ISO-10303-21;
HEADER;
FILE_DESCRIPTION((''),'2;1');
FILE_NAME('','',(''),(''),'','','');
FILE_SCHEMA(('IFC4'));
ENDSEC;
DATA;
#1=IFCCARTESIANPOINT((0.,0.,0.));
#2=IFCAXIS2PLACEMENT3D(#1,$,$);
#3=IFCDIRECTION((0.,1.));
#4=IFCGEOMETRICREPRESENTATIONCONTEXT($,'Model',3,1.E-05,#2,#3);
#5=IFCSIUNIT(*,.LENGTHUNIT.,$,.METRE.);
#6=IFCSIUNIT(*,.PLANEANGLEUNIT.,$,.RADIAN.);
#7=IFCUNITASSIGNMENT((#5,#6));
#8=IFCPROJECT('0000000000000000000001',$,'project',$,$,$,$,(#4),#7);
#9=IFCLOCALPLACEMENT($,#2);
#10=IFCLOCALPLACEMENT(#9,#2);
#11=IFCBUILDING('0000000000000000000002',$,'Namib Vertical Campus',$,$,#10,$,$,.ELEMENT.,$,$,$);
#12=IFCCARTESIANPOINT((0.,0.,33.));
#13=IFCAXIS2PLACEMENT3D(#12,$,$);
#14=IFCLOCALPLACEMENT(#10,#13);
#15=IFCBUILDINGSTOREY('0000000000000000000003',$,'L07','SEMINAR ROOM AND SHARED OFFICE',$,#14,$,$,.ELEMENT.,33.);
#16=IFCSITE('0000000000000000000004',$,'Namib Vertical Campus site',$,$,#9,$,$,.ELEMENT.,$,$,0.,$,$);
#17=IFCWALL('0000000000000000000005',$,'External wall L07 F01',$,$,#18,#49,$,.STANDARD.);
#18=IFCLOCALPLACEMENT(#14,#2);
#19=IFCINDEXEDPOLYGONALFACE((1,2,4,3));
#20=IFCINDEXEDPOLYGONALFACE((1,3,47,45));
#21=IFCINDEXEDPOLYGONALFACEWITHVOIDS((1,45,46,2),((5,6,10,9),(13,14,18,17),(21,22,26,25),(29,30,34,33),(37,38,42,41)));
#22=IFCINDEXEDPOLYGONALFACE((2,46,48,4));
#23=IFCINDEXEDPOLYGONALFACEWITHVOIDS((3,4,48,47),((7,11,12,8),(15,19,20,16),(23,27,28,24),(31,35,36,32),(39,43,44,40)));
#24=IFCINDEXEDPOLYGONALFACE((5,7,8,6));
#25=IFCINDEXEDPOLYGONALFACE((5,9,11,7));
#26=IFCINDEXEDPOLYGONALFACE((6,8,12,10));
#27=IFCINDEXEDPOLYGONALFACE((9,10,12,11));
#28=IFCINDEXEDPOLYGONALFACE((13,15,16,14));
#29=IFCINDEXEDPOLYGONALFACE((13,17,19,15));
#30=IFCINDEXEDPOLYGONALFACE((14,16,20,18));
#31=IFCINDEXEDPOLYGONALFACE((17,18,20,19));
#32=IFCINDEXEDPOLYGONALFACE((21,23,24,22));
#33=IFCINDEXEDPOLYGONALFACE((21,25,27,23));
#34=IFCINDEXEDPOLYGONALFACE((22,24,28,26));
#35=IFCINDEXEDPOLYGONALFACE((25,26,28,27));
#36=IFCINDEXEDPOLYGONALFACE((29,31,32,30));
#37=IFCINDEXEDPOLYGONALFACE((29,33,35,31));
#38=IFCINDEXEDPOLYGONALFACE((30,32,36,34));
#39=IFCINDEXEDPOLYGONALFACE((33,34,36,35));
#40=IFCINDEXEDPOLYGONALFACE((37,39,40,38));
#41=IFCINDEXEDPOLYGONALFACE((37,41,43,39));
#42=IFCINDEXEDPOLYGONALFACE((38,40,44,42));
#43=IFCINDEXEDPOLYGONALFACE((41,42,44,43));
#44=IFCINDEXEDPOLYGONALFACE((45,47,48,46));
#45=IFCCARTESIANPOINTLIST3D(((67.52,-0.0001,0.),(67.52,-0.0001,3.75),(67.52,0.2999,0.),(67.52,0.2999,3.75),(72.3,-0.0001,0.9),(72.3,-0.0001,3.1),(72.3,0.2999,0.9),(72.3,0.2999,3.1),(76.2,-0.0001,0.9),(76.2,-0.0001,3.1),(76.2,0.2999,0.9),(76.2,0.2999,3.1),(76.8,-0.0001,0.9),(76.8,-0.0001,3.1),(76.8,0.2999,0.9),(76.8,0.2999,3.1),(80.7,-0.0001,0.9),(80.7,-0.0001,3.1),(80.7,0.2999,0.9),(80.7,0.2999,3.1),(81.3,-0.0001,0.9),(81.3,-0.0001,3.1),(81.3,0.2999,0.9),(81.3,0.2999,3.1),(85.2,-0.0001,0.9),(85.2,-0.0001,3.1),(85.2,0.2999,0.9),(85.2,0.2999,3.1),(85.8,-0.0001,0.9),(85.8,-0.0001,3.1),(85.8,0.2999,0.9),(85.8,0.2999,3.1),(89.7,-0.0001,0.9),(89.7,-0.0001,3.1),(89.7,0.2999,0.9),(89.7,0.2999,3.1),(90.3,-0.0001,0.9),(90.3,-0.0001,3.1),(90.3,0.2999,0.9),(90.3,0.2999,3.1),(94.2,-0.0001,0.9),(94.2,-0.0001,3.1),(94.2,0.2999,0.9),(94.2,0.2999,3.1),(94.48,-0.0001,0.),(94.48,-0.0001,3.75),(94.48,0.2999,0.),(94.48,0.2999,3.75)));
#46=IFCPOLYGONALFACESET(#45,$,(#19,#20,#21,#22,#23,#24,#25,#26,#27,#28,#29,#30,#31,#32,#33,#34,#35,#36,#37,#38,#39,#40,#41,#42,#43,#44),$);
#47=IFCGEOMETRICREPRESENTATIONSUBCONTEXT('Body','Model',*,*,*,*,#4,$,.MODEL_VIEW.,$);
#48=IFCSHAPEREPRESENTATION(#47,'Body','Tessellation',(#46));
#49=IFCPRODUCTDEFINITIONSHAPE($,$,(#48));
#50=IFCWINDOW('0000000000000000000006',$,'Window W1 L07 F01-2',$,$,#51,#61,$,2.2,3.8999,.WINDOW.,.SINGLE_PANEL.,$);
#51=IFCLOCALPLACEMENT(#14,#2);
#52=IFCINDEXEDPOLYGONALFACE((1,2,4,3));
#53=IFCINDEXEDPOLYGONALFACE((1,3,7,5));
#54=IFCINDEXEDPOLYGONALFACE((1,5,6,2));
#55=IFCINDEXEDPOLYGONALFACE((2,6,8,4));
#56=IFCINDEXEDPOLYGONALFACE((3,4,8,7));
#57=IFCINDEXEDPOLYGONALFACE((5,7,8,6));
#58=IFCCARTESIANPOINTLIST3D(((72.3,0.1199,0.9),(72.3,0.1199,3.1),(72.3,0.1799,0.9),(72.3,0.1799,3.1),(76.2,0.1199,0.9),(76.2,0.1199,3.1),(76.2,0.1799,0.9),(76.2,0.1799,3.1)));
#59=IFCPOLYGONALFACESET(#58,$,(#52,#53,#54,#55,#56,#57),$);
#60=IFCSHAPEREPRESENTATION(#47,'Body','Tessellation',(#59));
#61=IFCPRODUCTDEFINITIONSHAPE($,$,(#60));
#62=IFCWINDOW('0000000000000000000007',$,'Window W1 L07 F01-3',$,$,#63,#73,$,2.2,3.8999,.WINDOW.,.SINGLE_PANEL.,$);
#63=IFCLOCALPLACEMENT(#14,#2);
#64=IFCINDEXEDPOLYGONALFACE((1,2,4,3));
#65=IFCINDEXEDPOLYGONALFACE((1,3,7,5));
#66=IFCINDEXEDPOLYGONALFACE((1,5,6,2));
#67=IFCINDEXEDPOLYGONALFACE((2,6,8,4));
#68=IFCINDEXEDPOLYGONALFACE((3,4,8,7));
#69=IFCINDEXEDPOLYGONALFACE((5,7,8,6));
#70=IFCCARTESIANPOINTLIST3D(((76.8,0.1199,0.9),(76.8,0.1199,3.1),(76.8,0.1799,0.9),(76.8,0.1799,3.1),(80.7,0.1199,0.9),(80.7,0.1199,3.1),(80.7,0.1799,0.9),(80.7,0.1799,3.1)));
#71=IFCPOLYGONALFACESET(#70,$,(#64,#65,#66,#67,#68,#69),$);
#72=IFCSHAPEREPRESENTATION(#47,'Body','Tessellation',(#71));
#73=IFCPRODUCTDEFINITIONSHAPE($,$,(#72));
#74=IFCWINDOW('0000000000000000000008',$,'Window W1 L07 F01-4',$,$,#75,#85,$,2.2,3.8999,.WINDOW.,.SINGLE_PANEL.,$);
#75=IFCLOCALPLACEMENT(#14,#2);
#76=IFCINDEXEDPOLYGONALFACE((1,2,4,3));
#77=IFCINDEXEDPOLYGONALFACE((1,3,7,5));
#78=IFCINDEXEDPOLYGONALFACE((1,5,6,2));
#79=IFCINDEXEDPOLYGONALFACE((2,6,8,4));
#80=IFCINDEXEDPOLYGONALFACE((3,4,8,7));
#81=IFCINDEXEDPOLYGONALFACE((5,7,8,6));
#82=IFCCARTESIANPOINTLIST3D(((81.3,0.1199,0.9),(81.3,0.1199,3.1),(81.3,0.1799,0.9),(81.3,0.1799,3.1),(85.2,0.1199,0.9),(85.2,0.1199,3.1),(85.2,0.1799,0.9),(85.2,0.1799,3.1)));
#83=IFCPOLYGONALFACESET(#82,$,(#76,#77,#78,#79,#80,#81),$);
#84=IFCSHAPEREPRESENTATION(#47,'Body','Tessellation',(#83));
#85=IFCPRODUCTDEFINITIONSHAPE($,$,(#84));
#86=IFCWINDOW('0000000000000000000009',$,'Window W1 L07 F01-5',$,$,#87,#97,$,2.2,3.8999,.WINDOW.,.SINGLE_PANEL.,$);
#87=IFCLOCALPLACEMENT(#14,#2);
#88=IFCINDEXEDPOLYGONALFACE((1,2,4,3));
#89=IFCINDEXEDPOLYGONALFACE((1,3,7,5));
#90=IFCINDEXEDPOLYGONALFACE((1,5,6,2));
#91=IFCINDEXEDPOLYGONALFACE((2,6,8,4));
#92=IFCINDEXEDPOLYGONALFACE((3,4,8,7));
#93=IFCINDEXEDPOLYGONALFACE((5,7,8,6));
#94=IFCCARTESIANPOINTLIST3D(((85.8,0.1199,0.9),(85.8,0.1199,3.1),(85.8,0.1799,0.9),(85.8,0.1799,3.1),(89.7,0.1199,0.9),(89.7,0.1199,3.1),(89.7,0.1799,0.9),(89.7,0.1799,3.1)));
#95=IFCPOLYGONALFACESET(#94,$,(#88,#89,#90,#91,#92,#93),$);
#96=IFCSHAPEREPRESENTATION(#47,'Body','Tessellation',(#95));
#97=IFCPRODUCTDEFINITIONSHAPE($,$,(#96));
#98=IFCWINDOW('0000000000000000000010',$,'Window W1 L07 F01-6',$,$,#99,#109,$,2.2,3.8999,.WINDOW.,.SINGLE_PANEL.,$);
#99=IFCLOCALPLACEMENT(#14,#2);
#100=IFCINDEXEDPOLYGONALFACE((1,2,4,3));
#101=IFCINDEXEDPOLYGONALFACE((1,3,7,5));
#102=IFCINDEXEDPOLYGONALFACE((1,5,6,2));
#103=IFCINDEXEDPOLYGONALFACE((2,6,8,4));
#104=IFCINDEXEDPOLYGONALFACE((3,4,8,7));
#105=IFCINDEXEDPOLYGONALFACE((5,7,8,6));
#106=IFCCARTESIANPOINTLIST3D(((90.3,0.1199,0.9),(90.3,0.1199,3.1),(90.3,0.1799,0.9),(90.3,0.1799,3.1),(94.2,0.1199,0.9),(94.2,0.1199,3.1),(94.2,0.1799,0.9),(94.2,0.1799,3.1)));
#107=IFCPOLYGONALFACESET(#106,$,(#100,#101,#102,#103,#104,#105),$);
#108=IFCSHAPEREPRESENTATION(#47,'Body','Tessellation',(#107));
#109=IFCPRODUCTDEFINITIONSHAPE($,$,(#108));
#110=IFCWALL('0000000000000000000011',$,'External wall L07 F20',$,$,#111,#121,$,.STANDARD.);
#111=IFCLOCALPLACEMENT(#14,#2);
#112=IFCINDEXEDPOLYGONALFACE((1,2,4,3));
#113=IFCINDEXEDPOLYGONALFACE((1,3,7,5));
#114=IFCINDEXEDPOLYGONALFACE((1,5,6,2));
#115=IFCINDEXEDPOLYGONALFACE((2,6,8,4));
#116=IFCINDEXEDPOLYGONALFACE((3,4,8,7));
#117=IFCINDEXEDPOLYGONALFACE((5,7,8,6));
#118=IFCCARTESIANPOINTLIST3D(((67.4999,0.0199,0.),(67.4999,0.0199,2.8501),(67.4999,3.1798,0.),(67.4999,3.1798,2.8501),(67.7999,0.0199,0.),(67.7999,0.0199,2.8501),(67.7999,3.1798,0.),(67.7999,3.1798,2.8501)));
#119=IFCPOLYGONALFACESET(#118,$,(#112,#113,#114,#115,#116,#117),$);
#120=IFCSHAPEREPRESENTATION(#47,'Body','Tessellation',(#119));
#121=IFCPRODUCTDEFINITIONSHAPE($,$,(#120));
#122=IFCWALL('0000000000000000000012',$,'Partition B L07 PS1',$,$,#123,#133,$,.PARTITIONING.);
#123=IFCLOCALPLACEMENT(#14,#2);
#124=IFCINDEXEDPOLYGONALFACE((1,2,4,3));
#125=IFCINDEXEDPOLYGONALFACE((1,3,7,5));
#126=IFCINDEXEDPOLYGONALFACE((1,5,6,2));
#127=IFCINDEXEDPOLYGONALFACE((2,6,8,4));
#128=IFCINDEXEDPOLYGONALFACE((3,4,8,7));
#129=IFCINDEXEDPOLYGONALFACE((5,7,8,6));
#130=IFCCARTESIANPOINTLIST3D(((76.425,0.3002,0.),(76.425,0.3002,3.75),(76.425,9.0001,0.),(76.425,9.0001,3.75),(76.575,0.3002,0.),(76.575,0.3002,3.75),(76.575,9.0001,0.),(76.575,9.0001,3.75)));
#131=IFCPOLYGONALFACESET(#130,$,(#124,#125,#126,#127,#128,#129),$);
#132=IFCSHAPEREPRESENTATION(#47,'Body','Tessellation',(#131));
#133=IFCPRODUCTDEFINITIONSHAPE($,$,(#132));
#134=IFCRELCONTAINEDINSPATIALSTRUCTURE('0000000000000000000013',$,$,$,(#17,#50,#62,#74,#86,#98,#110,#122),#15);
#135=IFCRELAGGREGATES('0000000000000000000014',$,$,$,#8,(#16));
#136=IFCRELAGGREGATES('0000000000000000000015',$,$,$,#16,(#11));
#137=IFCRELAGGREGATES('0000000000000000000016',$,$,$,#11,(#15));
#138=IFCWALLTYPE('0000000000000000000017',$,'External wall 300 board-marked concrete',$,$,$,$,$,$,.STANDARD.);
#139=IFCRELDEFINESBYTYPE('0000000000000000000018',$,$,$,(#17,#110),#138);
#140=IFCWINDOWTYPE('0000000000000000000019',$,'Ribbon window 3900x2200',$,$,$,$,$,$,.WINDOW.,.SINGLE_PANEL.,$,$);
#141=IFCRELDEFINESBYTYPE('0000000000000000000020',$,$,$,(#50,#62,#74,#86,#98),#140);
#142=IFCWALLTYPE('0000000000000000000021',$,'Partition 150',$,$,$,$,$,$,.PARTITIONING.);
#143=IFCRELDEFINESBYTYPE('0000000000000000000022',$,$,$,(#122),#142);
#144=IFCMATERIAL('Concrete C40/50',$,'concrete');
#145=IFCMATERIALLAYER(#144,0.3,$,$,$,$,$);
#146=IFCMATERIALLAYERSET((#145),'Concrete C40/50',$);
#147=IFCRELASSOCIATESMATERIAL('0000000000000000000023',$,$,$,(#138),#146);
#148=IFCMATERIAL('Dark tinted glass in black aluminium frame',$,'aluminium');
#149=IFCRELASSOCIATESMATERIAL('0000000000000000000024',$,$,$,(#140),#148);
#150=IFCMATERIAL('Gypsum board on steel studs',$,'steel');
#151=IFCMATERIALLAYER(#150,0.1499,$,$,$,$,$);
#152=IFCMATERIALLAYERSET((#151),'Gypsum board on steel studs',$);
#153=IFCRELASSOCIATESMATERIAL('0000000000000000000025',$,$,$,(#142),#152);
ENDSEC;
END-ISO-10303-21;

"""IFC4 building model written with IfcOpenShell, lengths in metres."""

from ifc_helpers import new_model, si_unit, direction, frame, frame_2d, origin, place, context, subcontext, project, spatial, rectangle, extrude, material, layer, layer_set, type_object, element, fill, save


model = new_model("IFC4")

# Units and contexts
model_context = context("Model", 3, precision=1e-05, world=origin(), true_north=direction((0.0, 1.0)))
body_context = subcontext(model_context, "Body", "Model", "MODEL_VIEW")
ifc_project = project(units=[si_unit("LENGTHUNIT", "METRE"), si_unit("PLANEANGLEUNIT", "RADIAN")], contexts=[model_context])

# Site, building, storey
site_placement = place(None, origin())
site = spatial("IfcSite", under=ifc_project, at=site_placement, Name="Namib Vertical Campus site", CompositionType="ELEMENT", RefElevation=0.0)
building_placement = place(site_placement, origin())
building = spatial("IfcBuilding", under=site, at=building_placement, Name="Namib Vertical Campus", CompositionType="ELEMENT")
storey_placement = place(building_placement, frame((0.0, 0.0, 33.0)))
storey = spatial("IfcBuildingStorey", under=building, at=storey_placement, Name="L07", Description="SEMINAR ROOM AND SHARED OFFICE", CompositionType="ELEMENT", Elevation=33.0)

# Wall, openings, windows
ifc_material_1 = material(Name="Concrete C40/50", Category="concrete")
ifc_layer_1 = layer(ifc_material_1, 0.3)
ifc_layer_set_1 = layer_set([ifc_layer_1], Name="Concrete C40/50")
wall_type_1 = type_object("IfcWallType", Name="External wall 300 board-marked concrete", PredefinedType="STANDARD", material=ifc_layer_set_1)
wall_1_placement = place(storey_placement, frame((67.52, 0.1499, 0.0), z_axis=(0.0, 0.0, 1.0), x_axis=(1.0, 0.0, 0.0)))
wall_1 = element("IfcWall", 1, at=wall_1_placement, inside=storey, type_object=wall_type_1, Name="External wall L07 F01", PredefinedType="STANDARD", context=body_context, shape_type="SweptSolid", body=[
    extrude(rectangle(XDim=26.96, YDim=0.3, at=frame_2d((13.48, 0.0))), origin(), (0.0, 0.0, 1.0), 3.75),
])
opening_1_placement = place(wall_1_placement, frame((4.78, 0.0, 0.8999)))
opening_1 = element("IfcOpeningElement", 2, at=opening_1_placement, cuts=wall_1, PredefinedType="OPENING", context=body_context, shape_type="SweptSolid", body=[
    extrude(rectangle(XDim=3.8999, YDim=2.2, at=frame_2d((1.95, 1.1001))), frame((0.0, 0.1599, 0.0), z_axis=(0.0, -1.0, 0.0), x_axis=(1.0, 0.0, 0.0)), (0.0, 0.0, 1.0), 0.3201),
])
opening_2_placement = place(wall_1_placement, frame((9.28, 0.0, 0.8999)))
opening_2 = element("IfcOpeningElement", 3, at=opening_2_placement, cuts=wall_1, PredefinedType="OPENING", context=body_context, shape_type="SweptSolid", body=[
    extrude(rectangle(XDim=3.8999, YDim=2.2, at=frame_2d((1.95, 1.1001))), frame((0.0, 0.1599, 0.0), z_axis=(0.0, -1.0, 0.0), x_axis=(1.0, 0.0, 0.0)), (0.0, 0.0, 1.0), 0.3201),
])
opening_3_placement = place(wall_1_placement, frame((13.78, 0.0, 0.8999)))
opening_3 = element("IfcOpeningElement", 4, at=opening_3_placement, cuts=wall_1, PredefinedType="OPENING", context=body_context, shape_type="SweptSolid", body=[
    extrude(rectangle(XDim=3.8999, YDim=2.2, at=frame_2d((1.95, 1.1001))), frame((0.0, 0.1599, 0.0), z_axis=(0.0, -1.0, 0.0), x_axis=(1.0, 0.0, 0.0)), (0.0, 0.0, 1.0), 0.3201),
])
opening_4_placement = place(wall_1_placement, frame((18.28, 0.0, 0.8999)))
opening_4 = element("IfcOpeningElement", 5, at=opening_4_placement, cuts=wall_1, PredefinedType="OPENING", context=body_context, shape_type="SweptSolid", body=[
    extrude(rectangle(XDim=3.8999, YDim=2.2, at=frame_2d((1.95, 1.1001))), frame((0.0, 0.1599, 0.0), z_axis=(0.0, -1.0, 0.0), x_axis=(1.0, 0.0, 0.0)), (0.0, 0.0, 1.0), 0.3201),
])
opening_5_placement = place(wall_1_placement, frame((22.78, 0.0, 0.8999)))
opening_5 = element("IfcOpeningElement", 6, at=opening_5_placement, cuts=wall_1, PredefinedType="OPENING", context=body_context, shape_type="SweptSolid", body=[
    extrude(rectangle(XDim=3.8999, YDim=2.2, at=frame_2d((1.95, 1.1001))), frame((0.0, 0.1599, 0.0), z_axis=(0.0, -1.0, 0.0), x_axis=(1.0, 0.0, 0.0)), (0.0, 0.0, 1.0), 0.3201),
])
ifc_material_2 = material(Name="Dark tinted glass in black aluminium frame", Category="aluminium")
window_type = type_object("IfcWindowType", Name="Ribbon window 3900x2200", PartitioningType="SINGLE_PANEL", PredefinedType="WINDOW", material=ifc_material_2)
window_1_placement = place(opening_1_placement, origin())
window_1 = element("IfcWindow", 7, at=window_1_placement, inside=storey, type_object=window_type, Name="Window W1 L07 F01-2", OverallHeight=2.2, OverallWidth=3.8999, PartitioningType="SINGLE_PANEL", PredefinedType="WINDOW", context=body_context, shape_type="SweptSolid", body=[
    extrude(rectangle(XDim=3.8999, YDim=2.2, at=frame_2d((1.95, 1.1001))), frame((0.0, 0.03, 0.0), z_axis=(0.0, -1.0, 0.0), x_axis=(1.0, 0.0, 0.0)), (0.0, 0.0, 1.0), 0.0601),
])
fill(opening_1, window_1)
window_2_placement = place(opening_2_placement, origin())
window_2 = element("IfcWindow", 8, at=window_2_placement, inside=storey, type_object=window_type, Name="Window W1 L07 F01-3", OverallHeight=2.2, OverallWidth=3.8999, PartitioningType="SINGLE_PANEL", PredefinedType="WINDOW", context=body_context, shape_type="SweptSolid", body=[
    extrude(rectangle(XDim=3.8999, YDim=2.2, at=frame_2d((1.95, 1.1001))), frame((0.0, 0.03, 0.0), z_axis=(0.0, -1.0, 0.0), x_axis=(1.0, 0.0, 0.0)), (0.0, 0.0, 1.0), 0.0601),
])
fill(opening_2, window_2)
window_3_placement = place(opening_3_placement, origin())
window_3 = element("IfcWindow", 9, at=window_3_placement, inside=storey, type_object=window_type, Name="Window W1 L07 F01-4", OverallHeight=2.2, OverallWidth=3.8999, PartitioningType="SINGLE_PANEL", PredefinedType="WINDOW", context=body_context, shape_type="SweptSolid", body=[
    extrude(rectangle(XDim=3.8999, YDim=2.2, at=frame_2d((1.95, 1.1001))), frame((0.0, 0.03, 0.0), z_axis=(0.0, -1.0, 0.0), x_axis=(1.0, 0.0, 0.0)), (0.0, 0.0, 1.0), 0.0601),
])
fill(opening_3, window_3)
window_4_placement = place(opening_4_placement, origin())
window_4 = element("IfcWindow", 10, at=window_4_placement, inside=storey, type_object=window_type, Name="Window W1 L07 F01-5", OverallHeight=2.2, OverallWidth=3.8999, PartitioningType="SINGLE_PANEL", PredefinedType="WINDOW", context=body_context, shape_type="SweptSolid", body=[
    extrude(rectangle(XDim=3.8999, YDim=2.2, at=frame_2d((1.95, 1.1001))), frame((0.0, 0.03, 0.0), z_axis=(0.0, -1.0, 0.0), x_axis=(1.0, 0.0, 0.0)), (0.0, 0.0, 1.0), 0.0601),
])
fill(opening_4, window_4)
window_5_placement = place(opening_5_placement, origin())
window_5 = element("IfcWindow", 11, at=window_5_placement, inside=storey, type_object=window_type, Name="Window W1 L07 F01-6", OverallHeight=2.2, OverallWidth=3.8999, PartitioningType="SINGLE_PANEL", PredefinedType="WINDOW", context=body_context, shape_type="SweptSolid", body=[
    extrude(rectangle(XDim=3.8999, YDim=2.2, at=frame_2d((1.95, 1.1001))), frame((0.0, 0.03, 0.0), z_axis=(0.0, -1.0, 0.0), x_axis=(1.0, 0.0, 0.0)), (0.0, 0.0, 1.0), 0.0601),
])
fill(opening_5, window_5)

# Walls
wall_2_placement = place(storey_placement, frame((67.6499, 3.1799, 0.0), z_axis=(0.0, 0.0, 1.0), x_axis=(0.0, -1.0, 0.0)))
element("IfcWall", 12, at=wall_2_placement, inside=storey, type_object=wall_type_1, Name="External wall L07 F20", PredefinedType="STANDARD", context=body_context, shape_type="SweptSolid", body=[
    extrude(rectangle(XDim=3.1599, YDim=0.3, at=frame_2d((1.5801, 0.0))), origin(), (0.0, 0.0, 1.0), 2.8501),
])
ifc_material_3 = material(Name="Gypsum board on steel studs", Category="steel")
ifc_layer_2 = layer(ifc_material_3, 0.1499)
ifc_layer_set_2 = layer_set([ifc_layer_2], Name="Gypsum board on steel studs")
wall_type_2 = type_object("IfcWallType", Name="Partition 150", PredefinedType="PARTITIONING", material=ifc_layer_set_2)
wall_3_placement = place(storey_placement, frame((76.5, 0.3, 0.0), z_axis=(0.0, 0.0, 1.0), x_axis=(0.0, 1.0, 0.0)))
element("IfcWall", 13, at=wall_3_placement, inside=storey, type_object=wall_type_2, Name="Partition B L07 PS1", PredefinedType="PARTITIONING", context=body_context, shape_type="SweptSolid", body=[
    extrude(rectangle(XDim=8.7, YDim=0.1499, at=frame_2d((4.3501, 0.0))), origin(), (0.0, 0.0, 1.0), 3.75),
])

save(model, "model.ifc")
